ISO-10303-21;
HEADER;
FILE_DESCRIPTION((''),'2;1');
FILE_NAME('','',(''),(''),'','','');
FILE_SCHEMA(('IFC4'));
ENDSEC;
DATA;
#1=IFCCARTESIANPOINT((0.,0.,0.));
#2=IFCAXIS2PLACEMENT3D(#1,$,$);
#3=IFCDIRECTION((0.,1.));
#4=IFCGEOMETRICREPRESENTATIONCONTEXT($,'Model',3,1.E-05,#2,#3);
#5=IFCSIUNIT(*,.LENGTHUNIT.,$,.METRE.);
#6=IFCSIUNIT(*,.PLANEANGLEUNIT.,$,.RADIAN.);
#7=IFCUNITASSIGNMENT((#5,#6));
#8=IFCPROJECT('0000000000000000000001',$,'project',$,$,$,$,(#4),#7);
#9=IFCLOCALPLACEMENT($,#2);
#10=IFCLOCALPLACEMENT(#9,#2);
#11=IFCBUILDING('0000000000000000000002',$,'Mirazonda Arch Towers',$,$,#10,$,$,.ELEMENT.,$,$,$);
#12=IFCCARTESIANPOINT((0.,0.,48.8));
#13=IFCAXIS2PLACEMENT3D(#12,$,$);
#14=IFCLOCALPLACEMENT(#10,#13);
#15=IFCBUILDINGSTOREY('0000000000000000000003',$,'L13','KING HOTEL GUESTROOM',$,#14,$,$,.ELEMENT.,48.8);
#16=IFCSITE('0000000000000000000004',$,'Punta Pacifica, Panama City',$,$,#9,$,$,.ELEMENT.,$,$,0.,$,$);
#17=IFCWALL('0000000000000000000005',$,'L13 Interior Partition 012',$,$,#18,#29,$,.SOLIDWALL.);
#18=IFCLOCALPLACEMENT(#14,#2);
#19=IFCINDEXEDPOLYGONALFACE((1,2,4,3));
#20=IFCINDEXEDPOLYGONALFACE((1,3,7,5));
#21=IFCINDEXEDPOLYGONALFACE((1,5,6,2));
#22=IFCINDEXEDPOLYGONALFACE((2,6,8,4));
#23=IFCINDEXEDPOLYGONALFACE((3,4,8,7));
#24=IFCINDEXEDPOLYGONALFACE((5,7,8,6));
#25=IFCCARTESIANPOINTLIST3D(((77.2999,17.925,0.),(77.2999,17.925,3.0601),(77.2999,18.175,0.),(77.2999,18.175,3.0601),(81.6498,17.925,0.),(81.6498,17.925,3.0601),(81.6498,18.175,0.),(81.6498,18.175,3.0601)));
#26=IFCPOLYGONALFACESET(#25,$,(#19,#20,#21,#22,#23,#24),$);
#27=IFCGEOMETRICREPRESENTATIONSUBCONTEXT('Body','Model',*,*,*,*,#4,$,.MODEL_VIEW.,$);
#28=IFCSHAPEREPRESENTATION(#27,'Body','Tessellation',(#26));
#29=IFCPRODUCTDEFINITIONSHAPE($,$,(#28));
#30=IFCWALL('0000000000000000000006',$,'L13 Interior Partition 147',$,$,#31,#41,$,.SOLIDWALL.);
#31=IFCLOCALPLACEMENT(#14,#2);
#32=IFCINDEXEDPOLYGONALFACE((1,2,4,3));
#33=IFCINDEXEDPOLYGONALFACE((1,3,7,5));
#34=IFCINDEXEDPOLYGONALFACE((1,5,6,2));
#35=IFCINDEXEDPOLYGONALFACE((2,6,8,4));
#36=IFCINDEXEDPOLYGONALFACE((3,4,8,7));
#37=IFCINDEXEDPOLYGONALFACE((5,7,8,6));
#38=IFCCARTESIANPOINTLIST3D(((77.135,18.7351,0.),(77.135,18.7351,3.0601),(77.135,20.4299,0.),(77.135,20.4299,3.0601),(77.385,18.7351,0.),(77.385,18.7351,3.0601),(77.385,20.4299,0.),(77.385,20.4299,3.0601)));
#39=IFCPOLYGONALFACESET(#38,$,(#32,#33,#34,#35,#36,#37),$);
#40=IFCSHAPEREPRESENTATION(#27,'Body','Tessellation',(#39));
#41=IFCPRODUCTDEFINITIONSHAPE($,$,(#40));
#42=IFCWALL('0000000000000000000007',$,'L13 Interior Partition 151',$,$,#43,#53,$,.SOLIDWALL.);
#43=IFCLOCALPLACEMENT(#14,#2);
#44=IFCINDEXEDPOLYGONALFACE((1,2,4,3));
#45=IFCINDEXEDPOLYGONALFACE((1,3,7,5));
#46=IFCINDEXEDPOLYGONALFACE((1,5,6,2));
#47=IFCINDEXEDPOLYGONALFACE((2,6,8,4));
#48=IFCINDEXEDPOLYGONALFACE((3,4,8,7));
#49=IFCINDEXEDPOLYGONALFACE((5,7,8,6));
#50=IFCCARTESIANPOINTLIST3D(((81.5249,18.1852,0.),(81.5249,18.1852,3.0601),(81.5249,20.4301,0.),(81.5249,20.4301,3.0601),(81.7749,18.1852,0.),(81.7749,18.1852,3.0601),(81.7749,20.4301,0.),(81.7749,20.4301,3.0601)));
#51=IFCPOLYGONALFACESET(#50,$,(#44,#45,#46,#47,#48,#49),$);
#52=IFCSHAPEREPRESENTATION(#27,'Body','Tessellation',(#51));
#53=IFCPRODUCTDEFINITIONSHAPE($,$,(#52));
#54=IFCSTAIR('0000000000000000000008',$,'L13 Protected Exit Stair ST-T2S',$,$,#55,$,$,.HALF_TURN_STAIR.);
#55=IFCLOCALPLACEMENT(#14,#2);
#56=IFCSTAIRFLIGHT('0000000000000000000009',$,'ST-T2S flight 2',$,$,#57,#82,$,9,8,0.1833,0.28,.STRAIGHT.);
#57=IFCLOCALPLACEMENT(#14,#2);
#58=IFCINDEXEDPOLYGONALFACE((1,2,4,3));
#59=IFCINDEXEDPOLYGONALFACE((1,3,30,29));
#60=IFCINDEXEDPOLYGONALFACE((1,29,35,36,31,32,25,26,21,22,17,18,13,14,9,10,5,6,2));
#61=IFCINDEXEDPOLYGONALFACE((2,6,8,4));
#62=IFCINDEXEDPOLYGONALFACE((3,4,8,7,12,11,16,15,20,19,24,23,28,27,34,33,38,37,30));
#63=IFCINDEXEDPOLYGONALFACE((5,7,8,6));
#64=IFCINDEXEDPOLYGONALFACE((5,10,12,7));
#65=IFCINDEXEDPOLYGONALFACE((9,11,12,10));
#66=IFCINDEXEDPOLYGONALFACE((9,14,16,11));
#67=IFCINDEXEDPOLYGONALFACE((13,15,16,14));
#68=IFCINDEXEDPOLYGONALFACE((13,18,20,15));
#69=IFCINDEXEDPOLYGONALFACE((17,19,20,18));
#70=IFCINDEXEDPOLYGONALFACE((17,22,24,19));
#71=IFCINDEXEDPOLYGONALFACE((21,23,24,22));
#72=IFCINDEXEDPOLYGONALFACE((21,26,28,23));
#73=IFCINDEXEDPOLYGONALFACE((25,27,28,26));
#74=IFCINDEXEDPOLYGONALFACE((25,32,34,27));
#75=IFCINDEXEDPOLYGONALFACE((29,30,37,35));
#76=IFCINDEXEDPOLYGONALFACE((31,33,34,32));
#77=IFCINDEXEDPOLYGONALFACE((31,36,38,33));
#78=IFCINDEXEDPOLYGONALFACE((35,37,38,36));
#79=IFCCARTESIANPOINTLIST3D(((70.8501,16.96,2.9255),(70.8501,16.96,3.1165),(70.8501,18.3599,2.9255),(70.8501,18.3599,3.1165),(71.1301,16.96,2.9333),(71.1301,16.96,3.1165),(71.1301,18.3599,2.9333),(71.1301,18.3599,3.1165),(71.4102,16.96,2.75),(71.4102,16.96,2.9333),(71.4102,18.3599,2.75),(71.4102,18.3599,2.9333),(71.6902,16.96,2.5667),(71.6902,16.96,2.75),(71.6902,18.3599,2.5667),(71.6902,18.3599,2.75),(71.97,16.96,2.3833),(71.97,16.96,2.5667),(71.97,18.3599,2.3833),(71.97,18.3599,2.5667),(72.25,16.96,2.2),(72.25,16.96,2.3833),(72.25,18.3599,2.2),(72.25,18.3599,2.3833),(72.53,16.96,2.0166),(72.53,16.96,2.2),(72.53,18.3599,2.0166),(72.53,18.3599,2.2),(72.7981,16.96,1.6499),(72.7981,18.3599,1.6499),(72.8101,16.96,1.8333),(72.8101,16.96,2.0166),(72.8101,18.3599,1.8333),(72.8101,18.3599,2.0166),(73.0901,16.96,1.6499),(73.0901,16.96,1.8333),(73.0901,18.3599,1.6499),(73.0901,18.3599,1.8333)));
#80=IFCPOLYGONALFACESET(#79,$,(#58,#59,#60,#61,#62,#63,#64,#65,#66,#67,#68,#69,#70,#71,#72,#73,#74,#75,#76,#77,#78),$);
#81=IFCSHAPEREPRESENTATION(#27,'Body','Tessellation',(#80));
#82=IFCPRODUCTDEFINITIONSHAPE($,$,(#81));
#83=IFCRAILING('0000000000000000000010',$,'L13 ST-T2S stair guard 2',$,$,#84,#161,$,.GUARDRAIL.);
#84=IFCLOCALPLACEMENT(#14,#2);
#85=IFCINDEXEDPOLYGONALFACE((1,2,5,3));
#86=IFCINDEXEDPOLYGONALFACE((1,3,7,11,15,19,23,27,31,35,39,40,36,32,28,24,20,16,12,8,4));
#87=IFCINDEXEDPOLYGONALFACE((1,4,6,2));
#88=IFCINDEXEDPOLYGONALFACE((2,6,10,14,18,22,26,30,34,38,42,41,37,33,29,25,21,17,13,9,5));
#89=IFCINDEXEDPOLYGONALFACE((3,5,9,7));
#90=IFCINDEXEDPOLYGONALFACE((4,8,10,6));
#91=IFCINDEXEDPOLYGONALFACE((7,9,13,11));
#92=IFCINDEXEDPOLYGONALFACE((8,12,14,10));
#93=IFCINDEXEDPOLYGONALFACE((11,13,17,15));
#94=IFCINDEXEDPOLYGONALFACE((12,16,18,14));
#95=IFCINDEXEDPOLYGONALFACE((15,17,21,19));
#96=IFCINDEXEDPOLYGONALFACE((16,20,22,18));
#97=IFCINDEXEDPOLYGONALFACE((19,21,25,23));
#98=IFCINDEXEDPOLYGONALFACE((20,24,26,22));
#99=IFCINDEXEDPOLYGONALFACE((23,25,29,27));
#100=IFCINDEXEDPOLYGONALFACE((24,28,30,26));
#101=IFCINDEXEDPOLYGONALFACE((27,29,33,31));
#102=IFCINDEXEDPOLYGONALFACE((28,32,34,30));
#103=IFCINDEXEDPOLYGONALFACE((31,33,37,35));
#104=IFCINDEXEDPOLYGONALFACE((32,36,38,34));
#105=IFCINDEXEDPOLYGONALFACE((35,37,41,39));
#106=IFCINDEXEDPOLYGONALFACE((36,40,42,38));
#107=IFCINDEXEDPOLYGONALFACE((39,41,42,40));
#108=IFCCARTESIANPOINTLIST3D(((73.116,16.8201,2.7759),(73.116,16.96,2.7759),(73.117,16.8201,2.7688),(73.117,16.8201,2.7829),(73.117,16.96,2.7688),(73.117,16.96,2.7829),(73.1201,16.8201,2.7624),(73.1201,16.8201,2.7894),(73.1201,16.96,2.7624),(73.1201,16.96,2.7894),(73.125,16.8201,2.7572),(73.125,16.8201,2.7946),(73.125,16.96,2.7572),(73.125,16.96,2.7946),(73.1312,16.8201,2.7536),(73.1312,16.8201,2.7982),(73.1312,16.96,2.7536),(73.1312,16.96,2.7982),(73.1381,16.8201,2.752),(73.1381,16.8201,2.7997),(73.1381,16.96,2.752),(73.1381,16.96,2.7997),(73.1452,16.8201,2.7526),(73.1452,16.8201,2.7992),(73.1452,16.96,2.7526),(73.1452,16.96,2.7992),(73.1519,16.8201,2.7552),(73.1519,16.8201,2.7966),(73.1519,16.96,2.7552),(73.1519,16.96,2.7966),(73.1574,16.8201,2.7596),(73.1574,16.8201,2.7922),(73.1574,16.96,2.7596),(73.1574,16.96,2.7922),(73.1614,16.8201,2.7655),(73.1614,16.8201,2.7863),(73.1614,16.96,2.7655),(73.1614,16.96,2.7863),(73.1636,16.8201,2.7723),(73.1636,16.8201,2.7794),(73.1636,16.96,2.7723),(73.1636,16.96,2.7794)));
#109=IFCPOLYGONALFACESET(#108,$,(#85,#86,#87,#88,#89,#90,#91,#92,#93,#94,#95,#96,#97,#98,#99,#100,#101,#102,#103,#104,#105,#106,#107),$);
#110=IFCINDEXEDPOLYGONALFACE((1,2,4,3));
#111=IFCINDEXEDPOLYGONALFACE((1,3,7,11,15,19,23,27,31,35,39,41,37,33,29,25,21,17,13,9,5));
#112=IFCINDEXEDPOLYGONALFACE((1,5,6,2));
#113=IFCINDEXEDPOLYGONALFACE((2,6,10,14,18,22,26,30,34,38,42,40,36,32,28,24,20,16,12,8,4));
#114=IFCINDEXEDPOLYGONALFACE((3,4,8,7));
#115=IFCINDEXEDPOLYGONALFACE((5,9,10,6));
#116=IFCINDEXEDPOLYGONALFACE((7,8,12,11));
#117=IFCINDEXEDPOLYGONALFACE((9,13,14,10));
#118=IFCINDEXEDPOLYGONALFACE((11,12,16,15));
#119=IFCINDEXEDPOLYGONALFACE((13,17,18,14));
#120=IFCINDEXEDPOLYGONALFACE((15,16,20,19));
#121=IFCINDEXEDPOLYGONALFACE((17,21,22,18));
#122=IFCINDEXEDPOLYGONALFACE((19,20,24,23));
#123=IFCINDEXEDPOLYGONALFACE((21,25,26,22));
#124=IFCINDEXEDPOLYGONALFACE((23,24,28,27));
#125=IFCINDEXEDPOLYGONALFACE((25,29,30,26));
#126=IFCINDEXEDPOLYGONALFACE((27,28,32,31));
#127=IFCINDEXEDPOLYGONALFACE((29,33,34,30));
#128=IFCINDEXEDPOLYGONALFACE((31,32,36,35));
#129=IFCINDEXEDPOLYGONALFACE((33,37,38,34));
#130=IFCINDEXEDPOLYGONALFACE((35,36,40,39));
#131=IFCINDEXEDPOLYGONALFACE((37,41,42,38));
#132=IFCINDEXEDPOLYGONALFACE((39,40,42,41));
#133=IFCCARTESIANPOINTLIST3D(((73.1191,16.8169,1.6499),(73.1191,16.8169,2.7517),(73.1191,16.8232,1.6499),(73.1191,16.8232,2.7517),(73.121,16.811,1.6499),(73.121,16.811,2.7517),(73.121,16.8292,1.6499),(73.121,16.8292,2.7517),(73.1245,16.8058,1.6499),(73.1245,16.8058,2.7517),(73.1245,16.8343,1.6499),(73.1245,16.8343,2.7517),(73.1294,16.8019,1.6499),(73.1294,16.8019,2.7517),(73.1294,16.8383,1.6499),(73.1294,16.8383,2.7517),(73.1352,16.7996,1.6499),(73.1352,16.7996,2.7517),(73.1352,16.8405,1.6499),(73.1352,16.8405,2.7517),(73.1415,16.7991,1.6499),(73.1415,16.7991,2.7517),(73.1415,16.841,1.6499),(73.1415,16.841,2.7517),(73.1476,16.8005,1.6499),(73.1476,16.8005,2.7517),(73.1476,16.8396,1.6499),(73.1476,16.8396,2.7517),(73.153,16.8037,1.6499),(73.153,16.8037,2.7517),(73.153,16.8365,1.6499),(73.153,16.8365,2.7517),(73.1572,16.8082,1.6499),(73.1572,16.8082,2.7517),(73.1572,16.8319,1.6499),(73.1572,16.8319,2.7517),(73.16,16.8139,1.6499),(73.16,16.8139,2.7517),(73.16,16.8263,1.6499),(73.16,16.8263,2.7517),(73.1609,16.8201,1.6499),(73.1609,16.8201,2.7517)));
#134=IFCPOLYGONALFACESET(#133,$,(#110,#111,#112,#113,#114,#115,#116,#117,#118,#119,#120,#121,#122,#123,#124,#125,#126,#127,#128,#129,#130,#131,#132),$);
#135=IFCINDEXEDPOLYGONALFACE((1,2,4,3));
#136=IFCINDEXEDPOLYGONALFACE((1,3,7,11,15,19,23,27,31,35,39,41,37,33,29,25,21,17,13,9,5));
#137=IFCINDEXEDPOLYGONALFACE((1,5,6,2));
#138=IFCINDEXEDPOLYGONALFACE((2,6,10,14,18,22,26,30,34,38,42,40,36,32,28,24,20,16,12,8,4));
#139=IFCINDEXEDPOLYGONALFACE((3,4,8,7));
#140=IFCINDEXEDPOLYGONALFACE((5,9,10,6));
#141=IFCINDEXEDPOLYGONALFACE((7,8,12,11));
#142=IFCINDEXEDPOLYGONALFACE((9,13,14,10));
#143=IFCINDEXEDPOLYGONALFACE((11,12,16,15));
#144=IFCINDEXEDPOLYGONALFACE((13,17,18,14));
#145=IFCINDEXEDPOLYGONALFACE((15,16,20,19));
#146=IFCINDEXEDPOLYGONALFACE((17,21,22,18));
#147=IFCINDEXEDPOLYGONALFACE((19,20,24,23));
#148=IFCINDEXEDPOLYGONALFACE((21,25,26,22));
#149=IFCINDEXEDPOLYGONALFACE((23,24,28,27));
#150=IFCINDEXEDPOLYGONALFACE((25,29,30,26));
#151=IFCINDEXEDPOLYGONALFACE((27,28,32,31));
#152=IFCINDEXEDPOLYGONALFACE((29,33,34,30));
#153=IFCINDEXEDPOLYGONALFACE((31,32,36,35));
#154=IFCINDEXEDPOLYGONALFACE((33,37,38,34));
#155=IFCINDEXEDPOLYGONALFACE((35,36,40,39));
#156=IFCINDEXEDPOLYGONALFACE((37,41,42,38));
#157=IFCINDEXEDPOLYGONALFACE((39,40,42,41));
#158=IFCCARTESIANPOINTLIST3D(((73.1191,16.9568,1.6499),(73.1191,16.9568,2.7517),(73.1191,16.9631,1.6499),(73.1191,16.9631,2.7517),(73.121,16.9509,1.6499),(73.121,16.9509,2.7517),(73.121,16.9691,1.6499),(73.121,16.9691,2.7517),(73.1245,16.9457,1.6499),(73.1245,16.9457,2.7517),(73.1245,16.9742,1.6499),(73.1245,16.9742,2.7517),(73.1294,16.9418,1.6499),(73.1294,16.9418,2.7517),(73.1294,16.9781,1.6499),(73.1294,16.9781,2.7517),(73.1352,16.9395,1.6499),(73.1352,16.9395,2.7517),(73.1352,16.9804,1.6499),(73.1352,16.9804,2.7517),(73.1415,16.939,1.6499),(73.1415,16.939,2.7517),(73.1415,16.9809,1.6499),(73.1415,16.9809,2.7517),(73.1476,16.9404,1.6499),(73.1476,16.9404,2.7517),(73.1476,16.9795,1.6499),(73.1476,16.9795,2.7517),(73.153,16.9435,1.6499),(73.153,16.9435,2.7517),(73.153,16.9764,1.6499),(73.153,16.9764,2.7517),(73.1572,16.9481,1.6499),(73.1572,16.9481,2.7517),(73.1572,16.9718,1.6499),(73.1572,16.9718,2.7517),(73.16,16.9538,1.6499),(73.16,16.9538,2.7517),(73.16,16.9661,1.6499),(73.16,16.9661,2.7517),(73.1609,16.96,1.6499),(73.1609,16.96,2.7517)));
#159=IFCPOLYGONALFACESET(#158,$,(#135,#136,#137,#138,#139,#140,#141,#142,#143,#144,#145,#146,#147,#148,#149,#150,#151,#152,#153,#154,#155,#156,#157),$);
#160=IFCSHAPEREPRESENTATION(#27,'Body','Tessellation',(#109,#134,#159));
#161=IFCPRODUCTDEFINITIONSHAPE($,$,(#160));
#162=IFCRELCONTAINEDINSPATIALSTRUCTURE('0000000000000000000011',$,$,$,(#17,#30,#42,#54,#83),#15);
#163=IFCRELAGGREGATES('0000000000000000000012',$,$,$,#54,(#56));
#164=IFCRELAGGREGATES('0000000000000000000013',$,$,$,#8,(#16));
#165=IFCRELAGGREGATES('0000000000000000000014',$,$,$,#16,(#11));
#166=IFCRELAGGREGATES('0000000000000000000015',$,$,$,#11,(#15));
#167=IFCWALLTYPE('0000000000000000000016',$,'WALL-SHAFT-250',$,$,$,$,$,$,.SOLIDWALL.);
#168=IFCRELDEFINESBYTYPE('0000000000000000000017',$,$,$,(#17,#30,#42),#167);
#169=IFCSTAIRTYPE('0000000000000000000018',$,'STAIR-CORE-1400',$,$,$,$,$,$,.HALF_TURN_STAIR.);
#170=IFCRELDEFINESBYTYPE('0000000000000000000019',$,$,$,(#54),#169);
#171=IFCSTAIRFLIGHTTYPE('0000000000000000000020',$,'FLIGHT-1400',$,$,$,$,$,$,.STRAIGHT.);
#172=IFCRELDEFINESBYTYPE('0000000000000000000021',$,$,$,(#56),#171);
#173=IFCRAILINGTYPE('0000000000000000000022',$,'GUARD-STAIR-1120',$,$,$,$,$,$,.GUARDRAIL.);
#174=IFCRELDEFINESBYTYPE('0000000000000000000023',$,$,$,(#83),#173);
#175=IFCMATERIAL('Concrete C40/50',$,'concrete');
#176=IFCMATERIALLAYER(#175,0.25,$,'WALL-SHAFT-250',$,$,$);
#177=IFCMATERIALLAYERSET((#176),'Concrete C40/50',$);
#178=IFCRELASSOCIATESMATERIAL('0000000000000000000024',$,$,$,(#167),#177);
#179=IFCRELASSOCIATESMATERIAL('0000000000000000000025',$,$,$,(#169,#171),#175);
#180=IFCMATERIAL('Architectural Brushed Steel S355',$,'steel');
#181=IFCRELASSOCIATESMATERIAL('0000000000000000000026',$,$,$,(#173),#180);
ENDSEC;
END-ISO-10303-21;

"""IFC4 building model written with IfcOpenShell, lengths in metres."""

from ifc_helpers import new_model, si_unit, direction, frame, frame_2d, origin, origin_2d, place, context, subcontext, project, spatial, polyline, rectangle, circle, outline, extrude, material, layer, layer_set, type_object, element, aggregate, save


model = new_model("IFC4")

# Units and contexts
model_context = context("Model", 3, precision=1e-05, world=origin(), true_north=direction((0.0, 1.0)))
body_context = subcontext(model_context, "Body", "Model", "MODEL_VIEW")
ifc_project = project(units=[si_unit("LENGTHUNIT", "METRE"), si_unit("PLANEANGLEUNIT", "RADIAN")], contexts=[model_context])

# Site, building, storey
site_placement = place(None, origin())
site = spatial("IfcSite", under=ifc_project, at=site_placement, Name="Punta Pacifica, Panama City", CompositionType="ELEMENT", RefElevation=0.0)
building_placement = place(site_placement, origin())
building = spatial("IfcBuilding", under=site, at=building_placement, Name="Mirazonda Arch Towers", CompositionType="ELEMENT")
storey_placement = place(building_placement, frame((0.0, 0.0, 48.8)))
storey = spatial("IfcBuildingStorey", under=building, at=storey_placement, Name="L13", Description="KING HOTEL GUESTROOM", CompositionType="ELEMENT", Elevation=48.8)

# Walls
ifc_material_1 = material(Name="Concrete C40/50", Category="concrete")
ifc_layer_1 = layer(ifc_material_1, 0.25, Name="WALL-SHAFT-250")
ifc_layer_set_1 = layer_set([ifc_layer_1], Name="Concrete C40/50")
wall_type_1 = type_object("IfcWallType", Name="WALL-SHAFT-250", PredefinedType="SOLIDWALL", material=ifc_layer_set_1)
wall_1_placement = place(storey_placement, frame((77.3, 18.05, 0.0), z_axis=(0.0, 0.0, 1.0), x_axis=(1.0, 0.0, 0.0)))
element("IfcWall", 1, at=wall_1_placement, inside=storey, type_object=wall_type_1, Name="L13 Interior Partition 012", PredefinedType="SOLIDWALL", context=body_context, shape_type="SweptSolid", body=[
    extrude(rectangle(XDim=4.3499, YDim=0.25, at=frame_2d((2.1748, 0.0))), origin(), (0.0, 0.0, 1.0), 3.0601),
])
wall_2_placement = place(storey_placement, frame((77.26, 18.7351, 0.0), z_axis=(0.0, 0.0, 1.0), x_axis=(0.0, 1.0, 0.0)))
element("IfcWall", 2, at=wall_2_placement, inside=storey, type_object=wall_type_1, Name="L13 Interior Partition 147", PredefinedType="SOLIDWALL", context=body_context, shape_type="SweptSolid", body=[
    extrude(rectangle(XDim=1.6948, YDim=0.25, at=frame_2d((0.8474, 0.0))), origin(), (0.0, 0.0, 1.0), 3.0601),
])
wall_3_placement = place(storey_placement, frame((81.6499, 18.1851, 0.0), z_axis=(0.0, 0.0, 1.0), x_axis=(0.0, 1.0, 0.0)))
element("IfcWall", 3, at=wall_3_placement, inside=storey, type_object=wall_type_1, Name="L13 Interior Partition 151", PredefinedType="SOLIDWALL", context=body_context, shape_type="SweptSolid", body=[
    extrude(rectangle(XDim=2.2449, YDim=0.25, at=frame_2d((1.1226, 0.0))), origin(), (0.0, 0.0, 1.0), 3.0601),
])

# Stair, stair flight
stair_type = type_object("IfcStairType", Name="STAIR-CORE-1400", PredefinedType="HALF_TURN_STAIR", material=ifc_material_1)
stair_placement = place(storey_placement, origin())
stair = element("IfcStair", 4, at=stair_placement, inside=storey, type_object=stair_type, Name="L13 Protected Exit Stair ST-T2S", PredefinedType="HALF_TURN_STAIR")
stair_flight_type = type_object("IfcStairFlightType", Name="FLIGHT-1400", PredefinedType="STRAIGHT", material=ifc_material_1)
stair_flight_placement = place(storey_placement, frame((73.0901, 17.6599, 1.6499), z_axis=(0.0, 0.0, 1.0), x_axis=(-1.0, 0.0, 0.0)))
stair_flight = element("IfcStairFlight", 5, at=stair_flight_placement, type_object=stair_flight_type, Name="ST-T2S flight 2", NumberOfRisers=9, NumberOfTreads=8, PredefinedType="STRAIGHT", RiserHeight=0.1833, TreadLength=0.28, context=body_context, shape_type="SweptSolid", body=[
    extrude(outline(polyline([(0.0, 0.0), (0.0, 0.1833), (0.28, 0.1833), (0.28, 0.3667), (0.5601, 0.3667), (0.5601, 0.55), (0.8401, 0.55), (0.8401, 0.7334), (1.1201, 0.7334), (1.1201, 0.9167), (1.3999, 0.9167), (1.3999, 1.1001), (1.6799, 1.1001), (1.6799, 1.2834), (1.96, 1.2834), (1.96, 1.4666), (2.24, 1.4666), (2.24, 1.6499), (2.24, 1.2756), (0.292, 0.0), (0.0, 0.0)])), frame((0.0, 0.7, 0.0), z_axis=(0.0, -1.0, 0.0), x_axis=(1.0, 0.0, 0.0)), (0.0, 0.0, 1.0), 1.3999),
])
aggregate(stair, [stair_flight])

# Railing
ifc_material_2 = material(Name="Architectural Brushed Steel S355", Category="steel")
railing_type_1 = type_object("IfcRailingType", Name="GUARD-STAIR-1120", PredefinedType="GUARDRAIL", material=ifc_material_2)
railing_1_placement = place(storey_placement, frame((73.1399, 16.8201, 1.6499)))
element("IfcRailing", 6, at=railing_1_placement, inside=storey, type_object=railing_type_1, Name="L13 ST-T2S stair guard 2", PredefinedType="GUARDRAIL", context=body_context, shape_type="SweptSolid", body=[
    extrude(circle(Radius=0.0239, at=origin_2d()), frame((0.0, 0.0, 1.126), z_axis=(0.0, 1.0, 0.0), x_axis=(-1.0, 0.0, 0.0)), (0.0, 0.0, 1.0), 0.1399),
    extrude(circle(Radius=0.021, at=origin_2d()), origin(), (0.0, 0.0, 1.0), 1.1018),
    extrude(circle(Radius=0.021, at=origin_2d()), frame((0.0, 0.1399, 0.0)), (0.0, 0.0, 1.0), 1.1018),
])

save(model, "model.ifc")
